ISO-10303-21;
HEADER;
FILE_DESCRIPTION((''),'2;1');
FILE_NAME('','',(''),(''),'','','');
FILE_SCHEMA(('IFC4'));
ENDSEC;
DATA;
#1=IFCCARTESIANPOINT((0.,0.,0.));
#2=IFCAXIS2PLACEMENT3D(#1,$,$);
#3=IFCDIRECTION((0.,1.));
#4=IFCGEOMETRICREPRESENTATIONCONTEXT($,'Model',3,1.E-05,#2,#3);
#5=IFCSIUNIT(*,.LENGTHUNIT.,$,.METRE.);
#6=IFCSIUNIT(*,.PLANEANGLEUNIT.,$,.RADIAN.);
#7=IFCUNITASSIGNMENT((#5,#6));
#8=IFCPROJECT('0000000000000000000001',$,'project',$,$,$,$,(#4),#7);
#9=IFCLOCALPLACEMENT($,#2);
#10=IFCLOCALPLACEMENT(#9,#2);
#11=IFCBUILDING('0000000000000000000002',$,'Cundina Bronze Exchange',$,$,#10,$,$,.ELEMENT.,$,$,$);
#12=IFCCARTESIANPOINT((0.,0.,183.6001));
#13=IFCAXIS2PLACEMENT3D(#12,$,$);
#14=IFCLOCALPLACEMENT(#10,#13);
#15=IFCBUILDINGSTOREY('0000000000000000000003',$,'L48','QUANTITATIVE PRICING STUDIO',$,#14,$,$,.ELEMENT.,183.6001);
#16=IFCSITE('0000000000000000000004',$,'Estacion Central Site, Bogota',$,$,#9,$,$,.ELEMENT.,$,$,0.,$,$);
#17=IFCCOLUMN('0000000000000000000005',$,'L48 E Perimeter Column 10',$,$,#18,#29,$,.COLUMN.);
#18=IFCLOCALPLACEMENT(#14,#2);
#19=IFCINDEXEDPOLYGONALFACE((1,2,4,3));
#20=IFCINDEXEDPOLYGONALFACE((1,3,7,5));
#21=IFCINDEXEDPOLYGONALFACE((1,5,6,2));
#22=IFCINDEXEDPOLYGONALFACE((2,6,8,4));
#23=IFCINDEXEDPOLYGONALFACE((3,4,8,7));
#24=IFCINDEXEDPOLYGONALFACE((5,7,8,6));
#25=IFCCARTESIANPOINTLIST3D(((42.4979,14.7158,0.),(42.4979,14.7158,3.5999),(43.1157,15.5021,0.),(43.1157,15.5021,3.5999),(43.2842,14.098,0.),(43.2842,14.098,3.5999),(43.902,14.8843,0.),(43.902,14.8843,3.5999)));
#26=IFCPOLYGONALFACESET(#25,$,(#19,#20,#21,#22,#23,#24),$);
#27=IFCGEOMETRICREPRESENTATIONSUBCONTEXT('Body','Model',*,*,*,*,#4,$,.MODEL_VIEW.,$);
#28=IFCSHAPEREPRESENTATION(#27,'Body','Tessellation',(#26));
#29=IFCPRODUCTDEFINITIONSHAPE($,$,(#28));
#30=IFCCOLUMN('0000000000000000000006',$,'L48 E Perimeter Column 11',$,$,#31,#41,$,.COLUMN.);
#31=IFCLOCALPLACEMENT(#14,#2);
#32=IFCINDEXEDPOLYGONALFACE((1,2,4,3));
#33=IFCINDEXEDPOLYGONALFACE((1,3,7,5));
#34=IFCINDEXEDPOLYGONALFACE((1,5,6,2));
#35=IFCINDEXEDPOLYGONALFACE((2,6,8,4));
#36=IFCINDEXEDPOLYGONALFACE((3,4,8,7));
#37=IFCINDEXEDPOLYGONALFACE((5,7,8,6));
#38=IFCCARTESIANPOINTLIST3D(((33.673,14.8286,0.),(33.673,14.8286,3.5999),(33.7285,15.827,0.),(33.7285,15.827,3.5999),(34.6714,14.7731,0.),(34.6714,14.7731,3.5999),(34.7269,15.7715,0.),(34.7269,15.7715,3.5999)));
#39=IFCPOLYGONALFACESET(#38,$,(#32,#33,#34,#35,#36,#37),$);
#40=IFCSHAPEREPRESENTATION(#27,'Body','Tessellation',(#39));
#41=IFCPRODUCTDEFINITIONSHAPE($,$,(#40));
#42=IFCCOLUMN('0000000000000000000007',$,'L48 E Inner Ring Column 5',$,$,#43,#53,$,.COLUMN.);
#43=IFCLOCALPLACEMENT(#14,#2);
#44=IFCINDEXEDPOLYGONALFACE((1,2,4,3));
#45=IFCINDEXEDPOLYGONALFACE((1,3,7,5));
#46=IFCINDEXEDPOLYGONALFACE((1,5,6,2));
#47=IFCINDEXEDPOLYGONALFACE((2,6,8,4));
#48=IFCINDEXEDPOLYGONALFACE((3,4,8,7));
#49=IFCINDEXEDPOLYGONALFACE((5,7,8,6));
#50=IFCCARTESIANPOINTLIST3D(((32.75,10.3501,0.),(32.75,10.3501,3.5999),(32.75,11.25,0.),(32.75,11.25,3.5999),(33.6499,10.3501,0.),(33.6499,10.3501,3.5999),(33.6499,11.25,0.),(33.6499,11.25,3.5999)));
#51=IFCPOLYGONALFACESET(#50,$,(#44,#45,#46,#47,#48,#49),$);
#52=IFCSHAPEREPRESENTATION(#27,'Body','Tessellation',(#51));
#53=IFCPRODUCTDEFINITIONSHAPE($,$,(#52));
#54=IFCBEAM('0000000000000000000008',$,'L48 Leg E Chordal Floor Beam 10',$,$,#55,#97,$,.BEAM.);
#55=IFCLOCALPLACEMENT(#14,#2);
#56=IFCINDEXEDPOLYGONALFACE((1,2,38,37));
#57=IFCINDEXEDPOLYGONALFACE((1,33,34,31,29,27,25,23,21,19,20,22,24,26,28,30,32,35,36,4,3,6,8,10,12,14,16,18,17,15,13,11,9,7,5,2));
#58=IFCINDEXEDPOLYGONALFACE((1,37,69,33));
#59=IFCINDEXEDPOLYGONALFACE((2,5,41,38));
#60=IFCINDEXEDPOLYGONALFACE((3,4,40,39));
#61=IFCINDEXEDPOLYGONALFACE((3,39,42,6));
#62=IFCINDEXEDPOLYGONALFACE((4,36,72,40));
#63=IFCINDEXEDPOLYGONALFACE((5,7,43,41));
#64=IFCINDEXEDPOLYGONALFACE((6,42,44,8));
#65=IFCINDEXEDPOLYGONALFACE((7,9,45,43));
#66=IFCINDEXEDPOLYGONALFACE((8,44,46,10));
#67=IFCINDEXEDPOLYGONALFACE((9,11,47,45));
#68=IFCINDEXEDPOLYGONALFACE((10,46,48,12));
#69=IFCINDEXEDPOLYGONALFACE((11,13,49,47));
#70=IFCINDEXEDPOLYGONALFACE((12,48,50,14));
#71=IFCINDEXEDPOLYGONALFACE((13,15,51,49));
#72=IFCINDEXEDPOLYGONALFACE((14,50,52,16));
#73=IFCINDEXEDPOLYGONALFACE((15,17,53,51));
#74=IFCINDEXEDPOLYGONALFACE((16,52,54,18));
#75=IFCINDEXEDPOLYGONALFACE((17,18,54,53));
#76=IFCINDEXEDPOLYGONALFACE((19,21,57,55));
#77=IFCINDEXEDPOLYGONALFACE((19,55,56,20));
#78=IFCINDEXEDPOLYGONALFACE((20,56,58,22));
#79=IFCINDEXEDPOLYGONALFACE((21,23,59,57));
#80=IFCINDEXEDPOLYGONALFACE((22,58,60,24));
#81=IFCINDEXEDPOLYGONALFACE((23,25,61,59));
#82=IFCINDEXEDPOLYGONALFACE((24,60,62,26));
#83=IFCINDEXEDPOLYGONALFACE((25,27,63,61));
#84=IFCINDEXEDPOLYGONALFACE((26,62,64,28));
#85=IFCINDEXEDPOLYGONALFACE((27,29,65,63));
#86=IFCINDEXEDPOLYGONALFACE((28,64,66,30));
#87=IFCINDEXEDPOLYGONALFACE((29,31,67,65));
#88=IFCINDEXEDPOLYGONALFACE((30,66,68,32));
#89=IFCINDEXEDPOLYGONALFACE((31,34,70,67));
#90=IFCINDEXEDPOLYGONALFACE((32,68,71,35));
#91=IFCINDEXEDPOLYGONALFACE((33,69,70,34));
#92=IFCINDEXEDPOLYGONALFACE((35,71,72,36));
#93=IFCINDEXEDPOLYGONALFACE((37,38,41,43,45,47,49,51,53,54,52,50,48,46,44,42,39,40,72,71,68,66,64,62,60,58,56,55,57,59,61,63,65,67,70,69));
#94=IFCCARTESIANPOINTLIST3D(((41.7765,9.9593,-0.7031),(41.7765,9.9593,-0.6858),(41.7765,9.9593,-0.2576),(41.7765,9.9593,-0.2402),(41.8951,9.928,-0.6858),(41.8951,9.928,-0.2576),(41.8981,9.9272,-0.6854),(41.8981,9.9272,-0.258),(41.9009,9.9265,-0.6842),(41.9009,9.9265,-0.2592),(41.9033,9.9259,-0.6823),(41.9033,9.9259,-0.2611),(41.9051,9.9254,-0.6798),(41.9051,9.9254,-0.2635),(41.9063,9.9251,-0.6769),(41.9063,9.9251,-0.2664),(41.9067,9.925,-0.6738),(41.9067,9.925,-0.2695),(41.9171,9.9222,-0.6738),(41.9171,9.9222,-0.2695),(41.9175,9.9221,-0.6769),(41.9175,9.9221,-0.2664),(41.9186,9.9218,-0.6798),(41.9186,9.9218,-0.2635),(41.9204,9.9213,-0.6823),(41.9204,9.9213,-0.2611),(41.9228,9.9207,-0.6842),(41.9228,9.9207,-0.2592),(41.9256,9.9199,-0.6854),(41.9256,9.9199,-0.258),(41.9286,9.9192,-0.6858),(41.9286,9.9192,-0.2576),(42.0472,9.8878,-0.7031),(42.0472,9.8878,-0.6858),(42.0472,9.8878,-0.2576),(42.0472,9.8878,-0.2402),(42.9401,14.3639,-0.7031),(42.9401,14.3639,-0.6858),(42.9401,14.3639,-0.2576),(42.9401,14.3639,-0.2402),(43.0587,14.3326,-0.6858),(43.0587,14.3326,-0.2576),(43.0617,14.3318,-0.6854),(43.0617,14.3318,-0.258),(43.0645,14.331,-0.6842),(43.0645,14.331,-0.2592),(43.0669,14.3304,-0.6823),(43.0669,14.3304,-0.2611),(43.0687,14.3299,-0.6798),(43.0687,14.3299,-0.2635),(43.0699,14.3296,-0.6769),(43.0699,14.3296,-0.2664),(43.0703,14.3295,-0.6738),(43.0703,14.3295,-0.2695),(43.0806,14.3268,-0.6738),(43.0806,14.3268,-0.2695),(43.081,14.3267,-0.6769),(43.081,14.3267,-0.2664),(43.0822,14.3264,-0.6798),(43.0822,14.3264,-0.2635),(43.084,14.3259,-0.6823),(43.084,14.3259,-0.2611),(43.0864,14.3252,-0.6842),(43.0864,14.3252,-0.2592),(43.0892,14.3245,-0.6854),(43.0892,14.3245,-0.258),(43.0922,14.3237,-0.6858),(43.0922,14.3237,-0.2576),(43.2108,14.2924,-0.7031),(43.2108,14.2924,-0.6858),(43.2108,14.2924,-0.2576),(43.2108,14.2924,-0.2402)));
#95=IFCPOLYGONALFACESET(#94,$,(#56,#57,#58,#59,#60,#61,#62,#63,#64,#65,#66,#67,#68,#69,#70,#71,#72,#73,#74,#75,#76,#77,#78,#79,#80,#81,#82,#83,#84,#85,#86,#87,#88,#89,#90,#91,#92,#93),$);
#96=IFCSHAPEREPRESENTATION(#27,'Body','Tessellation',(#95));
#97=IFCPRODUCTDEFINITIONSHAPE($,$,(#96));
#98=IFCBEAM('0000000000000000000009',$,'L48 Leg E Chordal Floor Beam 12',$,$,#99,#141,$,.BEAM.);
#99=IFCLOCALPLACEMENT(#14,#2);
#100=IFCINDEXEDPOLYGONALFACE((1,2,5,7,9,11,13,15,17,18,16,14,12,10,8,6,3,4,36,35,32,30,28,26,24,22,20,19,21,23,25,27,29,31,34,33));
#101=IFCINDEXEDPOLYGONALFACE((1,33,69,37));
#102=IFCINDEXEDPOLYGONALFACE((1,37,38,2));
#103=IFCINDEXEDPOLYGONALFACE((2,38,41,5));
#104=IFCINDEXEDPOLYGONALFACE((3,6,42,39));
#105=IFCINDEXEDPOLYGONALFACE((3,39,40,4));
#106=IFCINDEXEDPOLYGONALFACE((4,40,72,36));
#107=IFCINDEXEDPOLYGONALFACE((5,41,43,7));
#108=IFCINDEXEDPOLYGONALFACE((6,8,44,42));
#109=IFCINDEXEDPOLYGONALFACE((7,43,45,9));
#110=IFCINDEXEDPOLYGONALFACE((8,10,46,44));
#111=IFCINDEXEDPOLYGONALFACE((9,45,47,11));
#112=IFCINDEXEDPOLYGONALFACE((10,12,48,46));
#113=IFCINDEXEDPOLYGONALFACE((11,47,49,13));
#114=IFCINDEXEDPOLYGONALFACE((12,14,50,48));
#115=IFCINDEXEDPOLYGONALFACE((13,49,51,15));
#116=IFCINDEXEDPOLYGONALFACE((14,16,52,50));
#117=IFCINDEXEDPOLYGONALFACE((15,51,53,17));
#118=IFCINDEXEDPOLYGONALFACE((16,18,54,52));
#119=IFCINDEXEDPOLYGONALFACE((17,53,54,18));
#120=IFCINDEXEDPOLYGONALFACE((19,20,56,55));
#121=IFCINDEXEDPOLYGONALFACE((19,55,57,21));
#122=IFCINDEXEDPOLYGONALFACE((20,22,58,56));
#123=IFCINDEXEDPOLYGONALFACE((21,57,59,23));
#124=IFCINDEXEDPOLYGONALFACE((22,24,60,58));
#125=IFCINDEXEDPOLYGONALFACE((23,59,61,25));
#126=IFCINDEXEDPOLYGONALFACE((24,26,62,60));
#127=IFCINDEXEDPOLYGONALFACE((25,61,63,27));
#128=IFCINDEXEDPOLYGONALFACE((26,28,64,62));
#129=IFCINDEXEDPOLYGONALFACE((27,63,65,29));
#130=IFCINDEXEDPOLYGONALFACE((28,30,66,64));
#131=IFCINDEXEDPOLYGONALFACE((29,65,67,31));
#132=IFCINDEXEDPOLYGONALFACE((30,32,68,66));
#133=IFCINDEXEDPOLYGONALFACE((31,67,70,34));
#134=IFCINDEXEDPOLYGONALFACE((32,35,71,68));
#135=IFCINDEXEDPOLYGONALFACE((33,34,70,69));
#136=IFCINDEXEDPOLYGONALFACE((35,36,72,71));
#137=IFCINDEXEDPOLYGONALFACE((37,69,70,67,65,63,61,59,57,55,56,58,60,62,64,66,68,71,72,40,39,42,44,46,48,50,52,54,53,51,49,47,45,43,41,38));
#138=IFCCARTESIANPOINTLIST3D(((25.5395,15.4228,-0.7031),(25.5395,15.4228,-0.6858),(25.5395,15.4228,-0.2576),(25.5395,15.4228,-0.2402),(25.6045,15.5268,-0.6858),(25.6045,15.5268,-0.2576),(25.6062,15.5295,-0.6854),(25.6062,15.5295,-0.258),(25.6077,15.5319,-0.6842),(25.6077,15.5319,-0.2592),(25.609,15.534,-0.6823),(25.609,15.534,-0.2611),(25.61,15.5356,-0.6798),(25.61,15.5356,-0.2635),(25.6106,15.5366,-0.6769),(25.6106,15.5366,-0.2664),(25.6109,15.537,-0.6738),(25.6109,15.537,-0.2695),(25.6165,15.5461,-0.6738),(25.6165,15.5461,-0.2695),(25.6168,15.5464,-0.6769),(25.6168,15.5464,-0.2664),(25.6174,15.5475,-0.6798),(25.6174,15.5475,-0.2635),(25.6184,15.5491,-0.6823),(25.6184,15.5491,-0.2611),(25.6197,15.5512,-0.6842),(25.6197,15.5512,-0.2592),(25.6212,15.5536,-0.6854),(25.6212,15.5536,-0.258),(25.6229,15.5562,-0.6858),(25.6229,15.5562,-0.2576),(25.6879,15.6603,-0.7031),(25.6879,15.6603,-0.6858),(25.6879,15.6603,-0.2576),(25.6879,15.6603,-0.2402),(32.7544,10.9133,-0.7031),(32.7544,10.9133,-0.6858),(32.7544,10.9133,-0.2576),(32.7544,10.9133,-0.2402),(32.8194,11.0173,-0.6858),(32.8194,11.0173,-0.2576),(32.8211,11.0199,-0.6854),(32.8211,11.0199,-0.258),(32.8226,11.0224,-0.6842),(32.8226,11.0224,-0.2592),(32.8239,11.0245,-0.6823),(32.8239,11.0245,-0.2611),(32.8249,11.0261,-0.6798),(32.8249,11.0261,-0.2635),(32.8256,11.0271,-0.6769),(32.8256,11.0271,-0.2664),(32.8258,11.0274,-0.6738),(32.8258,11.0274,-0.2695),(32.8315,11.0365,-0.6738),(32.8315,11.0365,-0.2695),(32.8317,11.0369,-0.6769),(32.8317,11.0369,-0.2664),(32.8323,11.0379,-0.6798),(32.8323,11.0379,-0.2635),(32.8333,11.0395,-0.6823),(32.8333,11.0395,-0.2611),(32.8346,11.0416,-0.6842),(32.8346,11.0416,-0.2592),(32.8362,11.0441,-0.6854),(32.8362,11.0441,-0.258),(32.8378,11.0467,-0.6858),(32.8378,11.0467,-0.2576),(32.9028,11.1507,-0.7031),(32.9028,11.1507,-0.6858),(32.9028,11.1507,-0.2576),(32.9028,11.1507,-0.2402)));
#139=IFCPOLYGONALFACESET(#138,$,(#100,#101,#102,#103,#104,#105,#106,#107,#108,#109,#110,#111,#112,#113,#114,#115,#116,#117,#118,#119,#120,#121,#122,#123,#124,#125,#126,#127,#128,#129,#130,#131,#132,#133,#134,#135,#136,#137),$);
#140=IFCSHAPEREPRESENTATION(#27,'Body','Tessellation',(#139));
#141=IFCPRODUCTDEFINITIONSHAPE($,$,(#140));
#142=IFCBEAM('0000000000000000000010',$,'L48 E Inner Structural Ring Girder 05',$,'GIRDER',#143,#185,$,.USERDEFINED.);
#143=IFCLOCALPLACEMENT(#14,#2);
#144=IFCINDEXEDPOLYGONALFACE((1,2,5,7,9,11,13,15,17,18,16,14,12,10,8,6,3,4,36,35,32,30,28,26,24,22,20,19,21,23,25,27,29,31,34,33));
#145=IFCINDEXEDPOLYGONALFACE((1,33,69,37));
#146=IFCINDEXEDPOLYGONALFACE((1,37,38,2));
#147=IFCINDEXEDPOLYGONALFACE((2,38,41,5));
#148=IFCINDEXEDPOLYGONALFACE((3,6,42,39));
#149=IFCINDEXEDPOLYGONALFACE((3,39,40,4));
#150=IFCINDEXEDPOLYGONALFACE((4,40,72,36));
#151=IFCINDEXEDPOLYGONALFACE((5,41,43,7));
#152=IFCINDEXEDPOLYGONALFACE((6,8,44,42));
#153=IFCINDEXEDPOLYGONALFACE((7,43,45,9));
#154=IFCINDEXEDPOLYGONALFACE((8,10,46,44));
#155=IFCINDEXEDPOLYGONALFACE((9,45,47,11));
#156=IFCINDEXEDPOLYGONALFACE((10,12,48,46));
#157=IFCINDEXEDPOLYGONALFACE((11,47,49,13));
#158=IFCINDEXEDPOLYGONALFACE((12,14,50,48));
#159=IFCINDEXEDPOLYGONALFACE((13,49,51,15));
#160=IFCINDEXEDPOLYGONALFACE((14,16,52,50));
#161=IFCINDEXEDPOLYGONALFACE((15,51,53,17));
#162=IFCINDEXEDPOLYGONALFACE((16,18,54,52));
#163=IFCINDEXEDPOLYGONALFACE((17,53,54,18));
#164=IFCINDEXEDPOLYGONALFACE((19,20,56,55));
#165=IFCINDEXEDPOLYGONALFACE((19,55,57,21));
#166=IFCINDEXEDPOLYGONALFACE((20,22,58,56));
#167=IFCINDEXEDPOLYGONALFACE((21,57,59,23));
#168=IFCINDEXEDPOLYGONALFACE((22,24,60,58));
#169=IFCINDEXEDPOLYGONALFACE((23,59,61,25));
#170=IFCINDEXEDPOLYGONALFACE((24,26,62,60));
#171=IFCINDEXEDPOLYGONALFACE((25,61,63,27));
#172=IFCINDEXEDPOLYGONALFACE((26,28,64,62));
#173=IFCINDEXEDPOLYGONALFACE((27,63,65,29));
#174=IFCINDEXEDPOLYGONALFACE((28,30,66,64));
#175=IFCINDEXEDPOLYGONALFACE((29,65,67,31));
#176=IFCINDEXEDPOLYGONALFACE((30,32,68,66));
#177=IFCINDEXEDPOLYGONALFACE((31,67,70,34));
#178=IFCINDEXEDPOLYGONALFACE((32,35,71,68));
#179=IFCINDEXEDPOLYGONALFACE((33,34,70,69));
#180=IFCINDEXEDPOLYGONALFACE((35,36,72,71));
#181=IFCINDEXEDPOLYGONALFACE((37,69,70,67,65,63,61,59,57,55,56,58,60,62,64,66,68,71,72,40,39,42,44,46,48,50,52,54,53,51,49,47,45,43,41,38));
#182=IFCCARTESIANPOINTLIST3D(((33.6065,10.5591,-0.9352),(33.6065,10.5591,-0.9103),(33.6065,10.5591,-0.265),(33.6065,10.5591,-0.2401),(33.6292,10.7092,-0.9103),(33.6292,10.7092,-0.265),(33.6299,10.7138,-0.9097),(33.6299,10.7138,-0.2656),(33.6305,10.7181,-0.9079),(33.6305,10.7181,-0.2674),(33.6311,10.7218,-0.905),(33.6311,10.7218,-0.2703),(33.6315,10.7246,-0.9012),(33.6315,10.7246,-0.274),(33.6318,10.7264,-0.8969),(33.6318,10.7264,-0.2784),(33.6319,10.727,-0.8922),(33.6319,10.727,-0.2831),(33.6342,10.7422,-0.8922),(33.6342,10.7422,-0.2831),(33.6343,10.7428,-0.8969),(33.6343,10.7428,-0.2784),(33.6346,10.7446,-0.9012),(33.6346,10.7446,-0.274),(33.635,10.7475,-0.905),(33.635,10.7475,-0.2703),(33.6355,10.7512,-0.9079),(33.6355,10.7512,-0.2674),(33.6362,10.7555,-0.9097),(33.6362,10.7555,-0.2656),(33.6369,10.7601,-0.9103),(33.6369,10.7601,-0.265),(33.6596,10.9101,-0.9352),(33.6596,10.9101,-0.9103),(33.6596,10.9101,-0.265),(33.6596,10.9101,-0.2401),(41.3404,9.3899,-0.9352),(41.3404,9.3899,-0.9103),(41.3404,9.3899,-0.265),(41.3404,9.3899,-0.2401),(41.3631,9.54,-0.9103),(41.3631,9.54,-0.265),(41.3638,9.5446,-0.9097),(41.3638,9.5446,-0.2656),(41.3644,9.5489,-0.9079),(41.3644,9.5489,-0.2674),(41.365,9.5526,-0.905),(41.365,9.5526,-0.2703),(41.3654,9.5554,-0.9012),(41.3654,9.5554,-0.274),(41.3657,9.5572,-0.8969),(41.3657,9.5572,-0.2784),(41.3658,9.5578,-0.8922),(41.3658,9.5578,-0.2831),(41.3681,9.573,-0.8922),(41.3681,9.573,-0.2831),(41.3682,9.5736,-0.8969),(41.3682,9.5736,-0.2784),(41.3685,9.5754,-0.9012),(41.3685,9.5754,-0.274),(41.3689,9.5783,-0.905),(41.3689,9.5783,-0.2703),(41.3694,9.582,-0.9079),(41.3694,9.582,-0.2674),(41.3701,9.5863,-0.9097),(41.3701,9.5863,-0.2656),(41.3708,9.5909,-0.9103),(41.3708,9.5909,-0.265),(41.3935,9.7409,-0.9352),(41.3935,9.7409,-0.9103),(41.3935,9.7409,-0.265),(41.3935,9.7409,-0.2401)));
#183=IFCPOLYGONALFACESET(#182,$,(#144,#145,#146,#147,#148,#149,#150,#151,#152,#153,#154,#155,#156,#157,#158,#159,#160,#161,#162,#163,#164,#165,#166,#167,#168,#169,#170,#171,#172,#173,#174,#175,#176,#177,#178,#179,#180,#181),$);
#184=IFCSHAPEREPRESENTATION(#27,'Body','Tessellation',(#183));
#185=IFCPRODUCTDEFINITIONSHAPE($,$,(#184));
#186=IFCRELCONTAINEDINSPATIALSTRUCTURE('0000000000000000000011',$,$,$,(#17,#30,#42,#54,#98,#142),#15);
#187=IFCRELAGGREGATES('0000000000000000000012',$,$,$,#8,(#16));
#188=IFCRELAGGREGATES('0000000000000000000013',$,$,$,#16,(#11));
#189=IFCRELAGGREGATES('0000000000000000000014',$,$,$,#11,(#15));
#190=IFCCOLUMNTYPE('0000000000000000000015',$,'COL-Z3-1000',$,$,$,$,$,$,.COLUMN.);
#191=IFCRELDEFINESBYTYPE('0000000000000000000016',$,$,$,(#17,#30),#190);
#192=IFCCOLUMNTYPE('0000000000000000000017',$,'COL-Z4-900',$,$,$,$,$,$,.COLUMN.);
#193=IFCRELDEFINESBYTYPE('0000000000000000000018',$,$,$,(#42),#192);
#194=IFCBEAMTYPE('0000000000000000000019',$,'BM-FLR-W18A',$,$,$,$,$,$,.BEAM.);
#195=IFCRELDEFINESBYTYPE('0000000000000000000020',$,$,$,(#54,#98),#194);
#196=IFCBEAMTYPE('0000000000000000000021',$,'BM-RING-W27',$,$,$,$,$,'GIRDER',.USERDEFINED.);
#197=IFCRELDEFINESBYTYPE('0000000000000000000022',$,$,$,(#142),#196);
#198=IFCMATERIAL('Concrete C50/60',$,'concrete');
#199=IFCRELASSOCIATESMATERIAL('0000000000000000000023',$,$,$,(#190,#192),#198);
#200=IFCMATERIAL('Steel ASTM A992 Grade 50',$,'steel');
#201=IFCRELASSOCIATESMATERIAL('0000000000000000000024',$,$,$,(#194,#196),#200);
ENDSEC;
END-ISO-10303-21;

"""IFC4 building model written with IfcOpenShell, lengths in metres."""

from ifc_helpers import new_model, si_unit, direction, frame, origin, origin_2d, place, context, subcontext, project, spatial, rectangle, i_section, extrude, material, material_profile, profile_set, type_object, element, save


model = new_model("IFC4")

# Units and contexts
model_context = context("Model", 3, precision=1e-05, world=origin(), true_north=direction((0.0, 1.0)))
body_context = subcontext(model_context, "Body", "Model", "MODEL_VIEW")
ifc_project = project(units=[si_unit("LENGTHUNIT", "METRE"), si_unit("PLANEANGLEUNIT", "RADIAN")], contexts=[model_context])

# Site, building, storey
site_placement = place(None, origin())
site = spatial("IfcSite", under=ifc_project, at=site_placement, Name="Estacion Central Site, Bogota", CompositionType="ELEMENT", RefElevation=0.0)
building_placement = place(site_placement, origin())
building = spatial("IfcBuilding", under=site, at=building_placement, Name="Cundina Bronze Exchange", CompositionType="ELEMENT")
storey_placement = place(building_placement, frame((0.0, 0.0, 183.6001)))
storey = spatial("IfcBuildingStorey", under=building, at=storey_placement, Name="L48", Description="QUANTITATIVE PRICING STUDIO", CompositionType="ELEMENT", Elevation=183.6001)

# Columns
ifc_material_1 = material(Name="Concrete C50/60", Category="concrete")
ifc_material_profile_1 = material_profile(ifc_material_1, rectangle(XDim=1.0, YDim=1.0, at=origin_2d()), Name="RC1000X1000", Category="concrete")
ifc_profile_set_1 = profile_set([ifc_material_profile_1], Name="Concrete C50/60")
column_type_1 = type_object("IfcColumnType", Name="COL-Z3-1000", PredefinedType="COLUMN", material=ifc_profile_set_1)
for number, where, z_axis, x_axis, name in (
    (1, (43.2, 14.8, 0.0), (0.0, 0.0, 1.0), (-0.786288, 0.61786, 0.0), "L48 E Perimeter Column 10"),
    (2, (34.2, 15.3, 0.0), (0.0, 0.0, 1.0), (-0.99846, 0.055473, 0.0), "L48 E Perimeter Column 11"),
):
    element("IfcColumn", number, at=place(storey_placement, frame(where, z_axis=z_axis, x_axis=x_axis)), inside=storey, type_object=column_type_1, Name=name, PredefinedType="COLUMN", context=body_context, shape_type="SweptSolid", body=[
        extrude(rectangle(XDim=1.0, YDim=1.0, at=origin_2d()), origin(), (0.0, 0.0, 1.0), 3.5999),
    ])
ifc_material_profile_2 = material_profile(ifc_material_1, rectangle(XDim=0.8999, YDim=0.8999, at=origin_2d()), Name="RC900X900", Category="concrete")
ifc_profile_set_2 = profile_set([ifc_material_profile_2], Name="Concrete C50/60")
column_type_2 = type_object("IfcColumnType", Name="COL-Z4-900", PredefinedType="COLUMN", material=ifc_profile_set_2)
column_placement = place(storey_placement, frame((33.2, 10.8, 0.0), z_axis=(0.0, 0.0, 1.0), x_axis=(1.0, 0.0, 0.0)))
element("IfcColumn", 3, at=column_placement, inside=storey, type_object=column_type_2, Name="L48 E Inner Ring Column 5", PredefinedType="COLUMN", context=body_context, shape_type="SweptSolid", body=[
    extrude(rectangle(XDim=0.8999, YDim=0.8999, at=origin_2d()), origin(), (0.0, 0.0, 1.0), 3.5999),
])

# Beams
ifc_material_2 = material(Name="Steel ASTM A992 Grade 50", Category="steel")
ifc_material_profile_3 = material_profile(ifc_material_2, i_section(OverallWidth=0.28, OverallDepth=0.4629, WebThickness=0.0107, FlangeThickness=0.0173, FilletRadius=0.012, at=origin_2d()), Name="W18X76", Category="steel")
ifc_profile_set_3 = profile_set([ifc_material_profile_3], Name="Steel ASTM A992 Grade 50")
beam_type_1 = type_object("IfcBeamType", Name="BM-FLR-W18A", PredefinedType="BEAM", material=ifc_profile_set_3)
beam_1_placement = place(storey_placement, frame((41.9119, 9.9236, -0.4717), z_axis=(0.255414, 0.966832, 0.0), x_axis=(-0.966832, 0.255414, 0.0)))
element("IfcBeam", 4, at=beam_1_placement, inside=storey, type_object=beam_type_1, Name="L48 Leg E Chordal Floor Beam 10", PredefinedType="BEAM", context=body_context, shape_type="SweptSolid", body=[
    extrude(i_section(OverallWidth=0.28, OverallDepth=0.4629, WebThickness=0.0107, FlangeThickness=0.0173, FilletRadius=0.012, at=origin_2d()), origin(), (0.0, 0.0, 1.0), 4.5557),
])
beam_2_placement = place(storey_placement, frame((32.8286, 11.032, -0.4717), z_axis=(-0.847985, 0.53002, 0.0), x_axis=(-0.53002, -0.847985, 0.0)))
element("IfcBeam", 5, at=beam_2_placement, inside=storey, type_object=beam_type_1, Name="L48 Leg E Chordal Floor Beam 12", PredefinedType="BEAM", context=body_context, shape_type="SweptSolid", body=[
    extrude(i_section(OverallWidth=0.28, OverallDepth=0.4629, WebThickness=0.0107, FlangeThickness=0.0173, FilletRadius=0.012, at=origin_2d()), origin(), (0.0, 0.0, 1.0), 8.5083),
])
ifc_material_profile_4 = material_profile(ifc_material_2, i_section(OverallWidth=0.355, OverallDepth=0.6951, WebThickness=0.0154, FlangeThickness=0.0249, FilletRadius=0.0181, at=origin_2d()), Name="W27X146", Category="steel")
ifc_profile_set_4 = profile_set([ifc_material_profile_4], Name="Steel ASTM A992 Grade 50")
beam_type_2 = type_object("IfcBeamType", Name="BM-RING-W27", ElementType="GIRDER", PredefinedType="USERDEFINED", material=ifc_profile_set_4)
beam_3_placement = place(storey_placement, frame((41.3669, 9.5654, -0.5876), z_axis=(-0.988765, 0.149479, 0.0), x_axis=(-0.149479, -0.988765, 0.0)))
element("IfcBeam", 6, at=beam_3_placement, inside=storey, type_object=beam_type_2, Name="L48 E Inner Structural Ring Girder 05", ObjectType="GIRDER", PredefinedType="USERDEFINED", context=body_context, shape_type="SweptSolid", body=[
    extrude(i_section(OverallWidth=0.355, OverallDepth=0.6951, WebThickness=0.0154, FlangeThickness=0.0249, FilletRadius=0.0181, at=origin_2d()), origin(), (0.0, 0.0, 1.0), 7.8218),
])

save(model, "model.ifc")
